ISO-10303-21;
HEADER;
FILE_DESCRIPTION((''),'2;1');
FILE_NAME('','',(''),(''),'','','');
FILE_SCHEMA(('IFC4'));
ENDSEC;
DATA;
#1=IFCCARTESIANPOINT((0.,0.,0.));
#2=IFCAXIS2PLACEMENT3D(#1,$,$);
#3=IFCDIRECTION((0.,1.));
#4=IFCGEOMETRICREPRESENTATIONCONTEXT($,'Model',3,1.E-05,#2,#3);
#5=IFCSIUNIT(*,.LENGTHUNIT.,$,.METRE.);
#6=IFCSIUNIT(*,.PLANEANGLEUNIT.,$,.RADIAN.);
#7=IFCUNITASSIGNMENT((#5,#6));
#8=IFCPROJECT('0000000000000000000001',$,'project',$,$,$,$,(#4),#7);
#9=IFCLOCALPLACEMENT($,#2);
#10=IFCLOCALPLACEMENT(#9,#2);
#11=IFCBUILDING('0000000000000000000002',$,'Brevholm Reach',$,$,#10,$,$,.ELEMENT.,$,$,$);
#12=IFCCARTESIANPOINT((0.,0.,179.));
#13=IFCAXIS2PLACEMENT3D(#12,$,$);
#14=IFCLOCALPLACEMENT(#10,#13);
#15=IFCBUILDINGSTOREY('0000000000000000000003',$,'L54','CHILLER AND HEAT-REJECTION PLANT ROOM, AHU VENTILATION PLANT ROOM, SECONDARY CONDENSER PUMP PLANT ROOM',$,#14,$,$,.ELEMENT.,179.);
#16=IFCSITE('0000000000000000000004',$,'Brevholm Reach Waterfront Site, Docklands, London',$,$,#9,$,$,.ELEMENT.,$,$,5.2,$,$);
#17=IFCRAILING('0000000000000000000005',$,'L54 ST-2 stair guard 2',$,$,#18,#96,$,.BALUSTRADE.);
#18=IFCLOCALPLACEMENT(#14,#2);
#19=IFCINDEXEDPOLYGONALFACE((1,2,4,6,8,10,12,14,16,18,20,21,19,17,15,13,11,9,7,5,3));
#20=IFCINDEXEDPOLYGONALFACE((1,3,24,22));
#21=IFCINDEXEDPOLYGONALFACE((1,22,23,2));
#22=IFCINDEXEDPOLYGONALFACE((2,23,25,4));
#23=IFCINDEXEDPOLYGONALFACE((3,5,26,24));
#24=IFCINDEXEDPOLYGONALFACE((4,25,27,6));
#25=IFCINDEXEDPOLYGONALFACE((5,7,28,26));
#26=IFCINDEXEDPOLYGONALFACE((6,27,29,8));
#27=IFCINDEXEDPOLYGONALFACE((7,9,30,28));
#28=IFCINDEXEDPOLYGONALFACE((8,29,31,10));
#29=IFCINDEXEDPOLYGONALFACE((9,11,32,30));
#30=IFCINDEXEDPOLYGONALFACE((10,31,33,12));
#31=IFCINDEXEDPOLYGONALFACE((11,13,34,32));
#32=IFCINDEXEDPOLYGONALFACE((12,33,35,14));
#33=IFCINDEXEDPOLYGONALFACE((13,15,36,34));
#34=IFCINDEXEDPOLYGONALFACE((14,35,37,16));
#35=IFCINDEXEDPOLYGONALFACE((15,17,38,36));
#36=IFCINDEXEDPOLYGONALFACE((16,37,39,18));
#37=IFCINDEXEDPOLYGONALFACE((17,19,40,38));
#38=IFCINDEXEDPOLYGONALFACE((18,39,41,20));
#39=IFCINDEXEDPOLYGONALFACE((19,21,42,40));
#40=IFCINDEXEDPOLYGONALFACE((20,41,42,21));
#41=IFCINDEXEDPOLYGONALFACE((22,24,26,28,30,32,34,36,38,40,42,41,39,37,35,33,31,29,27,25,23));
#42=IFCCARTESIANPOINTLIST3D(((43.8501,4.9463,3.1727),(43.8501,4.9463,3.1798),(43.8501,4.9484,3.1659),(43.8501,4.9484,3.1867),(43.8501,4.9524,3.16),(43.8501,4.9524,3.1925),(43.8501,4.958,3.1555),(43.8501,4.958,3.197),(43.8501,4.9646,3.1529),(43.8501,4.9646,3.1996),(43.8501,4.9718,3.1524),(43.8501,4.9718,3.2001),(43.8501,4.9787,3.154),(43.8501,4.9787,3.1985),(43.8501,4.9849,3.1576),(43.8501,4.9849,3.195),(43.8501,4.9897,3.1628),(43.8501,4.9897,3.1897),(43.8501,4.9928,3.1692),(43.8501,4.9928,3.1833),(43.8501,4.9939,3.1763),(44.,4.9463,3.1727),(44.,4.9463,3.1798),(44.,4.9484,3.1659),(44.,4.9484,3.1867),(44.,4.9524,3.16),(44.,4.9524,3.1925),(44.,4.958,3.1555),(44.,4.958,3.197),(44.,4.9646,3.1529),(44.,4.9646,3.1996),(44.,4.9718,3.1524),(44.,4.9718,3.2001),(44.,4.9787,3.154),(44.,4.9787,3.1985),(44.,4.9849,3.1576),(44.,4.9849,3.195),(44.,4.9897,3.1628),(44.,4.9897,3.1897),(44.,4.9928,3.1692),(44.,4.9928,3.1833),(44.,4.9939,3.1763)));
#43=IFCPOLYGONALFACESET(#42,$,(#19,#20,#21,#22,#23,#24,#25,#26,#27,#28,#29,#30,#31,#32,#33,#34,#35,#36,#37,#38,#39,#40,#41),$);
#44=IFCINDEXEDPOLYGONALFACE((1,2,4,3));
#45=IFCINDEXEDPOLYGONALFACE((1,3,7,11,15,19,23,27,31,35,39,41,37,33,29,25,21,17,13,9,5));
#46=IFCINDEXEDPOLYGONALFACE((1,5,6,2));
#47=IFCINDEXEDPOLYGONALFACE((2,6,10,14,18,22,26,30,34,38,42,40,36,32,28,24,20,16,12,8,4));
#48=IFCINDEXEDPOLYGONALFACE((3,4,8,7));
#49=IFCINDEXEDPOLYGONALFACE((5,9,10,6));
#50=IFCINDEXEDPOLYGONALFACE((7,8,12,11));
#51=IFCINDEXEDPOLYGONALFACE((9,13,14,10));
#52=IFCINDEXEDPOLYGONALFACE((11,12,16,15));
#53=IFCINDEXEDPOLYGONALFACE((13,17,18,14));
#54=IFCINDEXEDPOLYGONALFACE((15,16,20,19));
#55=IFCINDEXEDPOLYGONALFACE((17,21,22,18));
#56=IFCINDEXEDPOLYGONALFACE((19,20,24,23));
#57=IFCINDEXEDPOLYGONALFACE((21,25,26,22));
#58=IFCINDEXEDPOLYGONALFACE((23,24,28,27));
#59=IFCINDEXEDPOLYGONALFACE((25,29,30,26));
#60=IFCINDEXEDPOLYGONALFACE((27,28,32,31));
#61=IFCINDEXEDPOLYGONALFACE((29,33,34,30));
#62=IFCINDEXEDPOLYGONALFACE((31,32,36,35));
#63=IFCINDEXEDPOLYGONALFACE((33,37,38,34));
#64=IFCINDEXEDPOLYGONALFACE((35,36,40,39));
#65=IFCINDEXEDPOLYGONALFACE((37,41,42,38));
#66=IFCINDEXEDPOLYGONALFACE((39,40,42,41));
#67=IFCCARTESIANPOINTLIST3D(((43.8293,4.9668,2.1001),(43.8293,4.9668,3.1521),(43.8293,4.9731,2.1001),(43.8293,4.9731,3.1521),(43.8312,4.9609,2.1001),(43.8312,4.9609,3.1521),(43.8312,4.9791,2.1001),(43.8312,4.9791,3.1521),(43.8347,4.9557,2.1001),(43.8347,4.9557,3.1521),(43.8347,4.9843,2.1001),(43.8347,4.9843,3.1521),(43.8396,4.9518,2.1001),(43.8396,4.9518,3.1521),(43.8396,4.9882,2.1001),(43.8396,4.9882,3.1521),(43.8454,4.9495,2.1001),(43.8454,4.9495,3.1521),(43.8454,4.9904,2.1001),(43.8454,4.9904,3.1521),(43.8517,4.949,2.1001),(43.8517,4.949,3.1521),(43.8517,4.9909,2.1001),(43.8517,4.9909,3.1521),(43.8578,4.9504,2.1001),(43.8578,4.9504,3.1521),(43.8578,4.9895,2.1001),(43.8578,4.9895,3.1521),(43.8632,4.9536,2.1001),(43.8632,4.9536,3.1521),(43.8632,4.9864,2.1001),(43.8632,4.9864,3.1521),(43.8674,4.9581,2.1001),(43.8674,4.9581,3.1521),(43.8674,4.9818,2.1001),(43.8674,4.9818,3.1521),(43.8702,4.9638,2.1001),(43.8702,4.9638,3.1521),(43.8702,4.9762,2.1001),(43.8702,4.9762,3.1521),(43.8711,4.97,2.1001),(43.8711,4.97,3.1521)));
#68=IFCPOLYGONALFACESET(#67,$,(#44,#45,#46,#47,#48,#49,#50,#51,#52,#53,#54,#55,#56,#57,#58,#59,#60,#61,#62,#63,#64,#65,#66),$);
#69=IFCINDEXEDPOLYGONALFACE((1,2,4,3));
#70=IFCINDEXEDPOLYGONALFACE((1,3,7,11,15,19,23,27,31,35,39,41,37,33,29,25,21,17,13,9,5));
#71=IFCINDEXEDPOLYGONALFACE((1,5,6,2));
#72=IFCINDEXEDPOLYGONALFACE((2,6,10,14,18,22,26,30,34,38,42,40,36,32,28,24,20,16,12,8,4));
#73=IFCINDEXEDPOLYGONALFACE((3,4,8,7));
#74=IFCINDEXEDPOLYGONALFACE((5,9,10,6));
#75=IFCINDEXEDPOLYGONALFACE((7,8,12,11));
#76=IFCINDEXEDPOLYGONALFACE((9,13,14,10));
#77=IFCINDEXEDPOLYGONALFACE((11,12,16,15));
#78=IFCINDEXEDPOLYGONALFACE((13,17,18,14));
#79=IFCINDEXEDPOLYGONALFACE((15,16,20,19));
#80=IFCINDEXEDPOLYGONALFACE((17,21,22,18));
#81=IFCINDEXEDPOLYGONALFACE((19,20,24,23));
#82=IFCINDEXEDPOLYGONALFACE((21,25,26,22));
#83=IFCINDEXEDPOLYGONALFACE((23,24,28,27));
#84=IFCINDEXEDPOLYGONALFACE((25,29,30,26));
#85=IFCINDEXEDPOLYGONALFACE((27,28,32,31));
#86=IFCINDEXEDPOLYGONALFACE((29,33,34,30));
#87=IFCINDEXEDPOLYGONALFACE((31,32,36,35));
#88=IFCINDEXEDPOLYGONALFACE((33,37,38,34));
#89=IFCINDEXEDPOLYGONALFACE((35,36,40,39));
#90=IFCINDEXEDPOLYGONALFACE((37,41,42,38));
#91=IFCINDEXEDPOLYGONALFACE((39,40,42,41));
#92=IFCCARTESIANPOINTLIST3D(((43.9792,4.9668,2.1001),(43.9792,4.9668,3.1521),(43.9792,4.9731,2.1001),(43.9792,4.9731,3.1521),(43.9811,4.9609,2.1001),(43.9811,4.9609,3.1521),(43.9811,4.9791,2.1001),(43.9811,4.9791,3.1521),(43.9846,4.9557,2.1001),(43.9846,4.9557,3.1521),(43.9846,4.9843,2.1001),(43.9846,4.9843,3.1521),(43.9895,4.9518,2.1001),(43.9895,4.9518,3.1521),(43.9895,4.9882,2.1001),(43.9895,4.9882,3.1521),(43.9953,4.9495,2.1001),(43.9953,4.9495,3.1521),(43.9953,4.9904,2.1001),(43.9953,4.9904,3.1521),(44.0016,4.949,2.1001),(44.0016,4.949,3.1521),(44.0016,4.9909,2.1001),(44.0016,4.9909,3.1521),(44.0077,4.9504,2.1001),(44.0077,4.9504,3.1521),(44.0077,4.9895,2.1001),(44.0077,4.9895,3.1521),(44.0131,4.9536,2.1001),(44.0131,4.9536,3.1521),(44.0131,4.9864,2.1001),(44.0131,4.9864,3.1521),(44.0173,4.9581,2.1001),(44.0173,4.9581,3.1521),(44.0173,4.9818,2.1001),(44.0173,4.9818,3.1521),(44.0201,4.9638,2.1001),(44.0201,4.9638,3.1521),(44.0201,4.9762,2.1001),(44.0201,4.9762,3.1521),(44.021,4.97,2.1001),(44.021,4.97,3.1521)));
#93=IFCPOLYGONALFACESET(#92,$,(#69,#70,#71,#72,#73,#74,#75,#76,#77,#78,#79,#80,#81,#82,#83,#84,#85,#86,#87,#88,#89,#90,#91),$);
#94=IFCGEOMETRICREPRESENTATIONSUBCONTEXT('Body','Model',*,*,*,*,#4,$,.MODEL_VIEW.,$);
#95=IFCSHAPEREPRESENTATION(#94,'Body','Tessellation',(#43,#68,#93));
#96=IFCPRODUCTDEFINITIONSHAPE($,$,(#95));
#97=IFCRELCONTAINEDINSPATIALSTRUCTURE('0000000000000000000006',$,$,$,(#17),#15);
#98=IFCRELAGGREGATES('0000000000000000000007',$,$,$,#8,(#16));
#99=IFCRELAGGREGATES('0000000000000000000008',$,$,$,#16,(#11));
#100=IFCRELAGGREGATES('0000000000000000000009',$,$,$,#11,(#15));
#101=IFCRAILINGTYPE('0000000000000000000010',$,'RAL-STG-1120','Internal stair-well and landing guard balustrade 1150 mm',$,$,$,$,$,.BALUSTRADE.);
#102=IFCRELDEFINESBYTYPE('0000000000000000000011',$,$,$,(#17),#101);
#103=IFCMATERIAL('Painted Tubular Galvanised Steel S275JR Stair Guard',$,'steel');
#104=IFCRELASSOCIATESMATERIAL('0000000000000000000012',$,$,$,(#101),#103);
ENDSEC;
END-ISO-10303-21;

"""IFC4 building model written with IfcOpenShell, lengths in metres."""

from ifc_helpers import new_model, si_unit, direction, frame, origin, origin_2d, place, context, subcontext, project, spatial, circle, extrude, material, type_object, element, save


model = new_model("IFC4")

# Units and contexts
model_context = context("Model", 3, precision=1e-05, world=origin(), true_north=direction((0.0, 1.0)))
body_context = subcontext(model_context, "Body", "Model", "MODEL_VIEW")
ifc_project = project(units=[si_unit("LENGTHUNIT", "METRE"), si_unit("PLANEANGLEUNIT", "RADIAN")], contexts=[model_context])

# Site, building, storey
site_placement = place(None, origin())
site = spatial("IfcSite", under=ifc_project, at=site_placement, Name="Brevholm Reach Waterfront Site, Docklands, London", CompositionType="ELEMENT", RefElevation=5.2)
building_placement = place(site_placement, origin())
building = spatial("IfcBuilding", under=site, at=building_placement, Name="Brevholm Reach", CompositionType="ELEMENT")
storey_placement = place(building_placement, frame((0.0, 0.0, 179.0)))
storey = spatial("IfcBuildingStorey", under=building, at=storey_placement, Name="L54", Description="CHILLER AND HEAT-REJECTION PLANT ROOM, AHU VENTILATION PLANT ROOM, SECONDARY CONDENSER PUMP PLANT ROOM", CompositionType="ELEMENT", Elevation=179.0)

# Railing
ifc_material_1 = material(Name="Painted Tubular Galvanised Steel S275JR Stair Guard", Category="steel")
railing_type_1 = type_object("IfcRailingType", Name="RAL-STG-1120", Description="Internal stair-well and landing guard balustrade 1150 mm", PredefinedType="BALUSTRADE", material=ifc_material_1)
railing_1_placement = place(storey_placement, frame((43.8501, 4.97, 2.1001)))
element("IfcRailing", 1, at=railing_1_placement, inside=storey, type_object=railing_type_1, Name="L54 ST-2 stair guard 2", PredefinedType="BALUSTRADE", context=body_context, shape_type="SweptSolid", body=[
    extrude(circle(Radius=0.0239, at=origin_2d()), frame((0.0, 0.0, 1.0762), z_axis=(1.0, 0.0, 0.0), x_axis=(0.0, 1.0, 0.0)), (0.0, 0.0, 1.0), 0.1499),
    extrude(circle(Radius=0.021, at=origin_2d()), origin(), (0.0, 0.0, 1.0), 1.052),
    extrude(circle(Radius=0.021, at=origin_2d()), frame((0.1499, 0.0, 0.0)), (0.0, 0.0, 1.0), 1.052),
])

save(model, "model.ifc")
